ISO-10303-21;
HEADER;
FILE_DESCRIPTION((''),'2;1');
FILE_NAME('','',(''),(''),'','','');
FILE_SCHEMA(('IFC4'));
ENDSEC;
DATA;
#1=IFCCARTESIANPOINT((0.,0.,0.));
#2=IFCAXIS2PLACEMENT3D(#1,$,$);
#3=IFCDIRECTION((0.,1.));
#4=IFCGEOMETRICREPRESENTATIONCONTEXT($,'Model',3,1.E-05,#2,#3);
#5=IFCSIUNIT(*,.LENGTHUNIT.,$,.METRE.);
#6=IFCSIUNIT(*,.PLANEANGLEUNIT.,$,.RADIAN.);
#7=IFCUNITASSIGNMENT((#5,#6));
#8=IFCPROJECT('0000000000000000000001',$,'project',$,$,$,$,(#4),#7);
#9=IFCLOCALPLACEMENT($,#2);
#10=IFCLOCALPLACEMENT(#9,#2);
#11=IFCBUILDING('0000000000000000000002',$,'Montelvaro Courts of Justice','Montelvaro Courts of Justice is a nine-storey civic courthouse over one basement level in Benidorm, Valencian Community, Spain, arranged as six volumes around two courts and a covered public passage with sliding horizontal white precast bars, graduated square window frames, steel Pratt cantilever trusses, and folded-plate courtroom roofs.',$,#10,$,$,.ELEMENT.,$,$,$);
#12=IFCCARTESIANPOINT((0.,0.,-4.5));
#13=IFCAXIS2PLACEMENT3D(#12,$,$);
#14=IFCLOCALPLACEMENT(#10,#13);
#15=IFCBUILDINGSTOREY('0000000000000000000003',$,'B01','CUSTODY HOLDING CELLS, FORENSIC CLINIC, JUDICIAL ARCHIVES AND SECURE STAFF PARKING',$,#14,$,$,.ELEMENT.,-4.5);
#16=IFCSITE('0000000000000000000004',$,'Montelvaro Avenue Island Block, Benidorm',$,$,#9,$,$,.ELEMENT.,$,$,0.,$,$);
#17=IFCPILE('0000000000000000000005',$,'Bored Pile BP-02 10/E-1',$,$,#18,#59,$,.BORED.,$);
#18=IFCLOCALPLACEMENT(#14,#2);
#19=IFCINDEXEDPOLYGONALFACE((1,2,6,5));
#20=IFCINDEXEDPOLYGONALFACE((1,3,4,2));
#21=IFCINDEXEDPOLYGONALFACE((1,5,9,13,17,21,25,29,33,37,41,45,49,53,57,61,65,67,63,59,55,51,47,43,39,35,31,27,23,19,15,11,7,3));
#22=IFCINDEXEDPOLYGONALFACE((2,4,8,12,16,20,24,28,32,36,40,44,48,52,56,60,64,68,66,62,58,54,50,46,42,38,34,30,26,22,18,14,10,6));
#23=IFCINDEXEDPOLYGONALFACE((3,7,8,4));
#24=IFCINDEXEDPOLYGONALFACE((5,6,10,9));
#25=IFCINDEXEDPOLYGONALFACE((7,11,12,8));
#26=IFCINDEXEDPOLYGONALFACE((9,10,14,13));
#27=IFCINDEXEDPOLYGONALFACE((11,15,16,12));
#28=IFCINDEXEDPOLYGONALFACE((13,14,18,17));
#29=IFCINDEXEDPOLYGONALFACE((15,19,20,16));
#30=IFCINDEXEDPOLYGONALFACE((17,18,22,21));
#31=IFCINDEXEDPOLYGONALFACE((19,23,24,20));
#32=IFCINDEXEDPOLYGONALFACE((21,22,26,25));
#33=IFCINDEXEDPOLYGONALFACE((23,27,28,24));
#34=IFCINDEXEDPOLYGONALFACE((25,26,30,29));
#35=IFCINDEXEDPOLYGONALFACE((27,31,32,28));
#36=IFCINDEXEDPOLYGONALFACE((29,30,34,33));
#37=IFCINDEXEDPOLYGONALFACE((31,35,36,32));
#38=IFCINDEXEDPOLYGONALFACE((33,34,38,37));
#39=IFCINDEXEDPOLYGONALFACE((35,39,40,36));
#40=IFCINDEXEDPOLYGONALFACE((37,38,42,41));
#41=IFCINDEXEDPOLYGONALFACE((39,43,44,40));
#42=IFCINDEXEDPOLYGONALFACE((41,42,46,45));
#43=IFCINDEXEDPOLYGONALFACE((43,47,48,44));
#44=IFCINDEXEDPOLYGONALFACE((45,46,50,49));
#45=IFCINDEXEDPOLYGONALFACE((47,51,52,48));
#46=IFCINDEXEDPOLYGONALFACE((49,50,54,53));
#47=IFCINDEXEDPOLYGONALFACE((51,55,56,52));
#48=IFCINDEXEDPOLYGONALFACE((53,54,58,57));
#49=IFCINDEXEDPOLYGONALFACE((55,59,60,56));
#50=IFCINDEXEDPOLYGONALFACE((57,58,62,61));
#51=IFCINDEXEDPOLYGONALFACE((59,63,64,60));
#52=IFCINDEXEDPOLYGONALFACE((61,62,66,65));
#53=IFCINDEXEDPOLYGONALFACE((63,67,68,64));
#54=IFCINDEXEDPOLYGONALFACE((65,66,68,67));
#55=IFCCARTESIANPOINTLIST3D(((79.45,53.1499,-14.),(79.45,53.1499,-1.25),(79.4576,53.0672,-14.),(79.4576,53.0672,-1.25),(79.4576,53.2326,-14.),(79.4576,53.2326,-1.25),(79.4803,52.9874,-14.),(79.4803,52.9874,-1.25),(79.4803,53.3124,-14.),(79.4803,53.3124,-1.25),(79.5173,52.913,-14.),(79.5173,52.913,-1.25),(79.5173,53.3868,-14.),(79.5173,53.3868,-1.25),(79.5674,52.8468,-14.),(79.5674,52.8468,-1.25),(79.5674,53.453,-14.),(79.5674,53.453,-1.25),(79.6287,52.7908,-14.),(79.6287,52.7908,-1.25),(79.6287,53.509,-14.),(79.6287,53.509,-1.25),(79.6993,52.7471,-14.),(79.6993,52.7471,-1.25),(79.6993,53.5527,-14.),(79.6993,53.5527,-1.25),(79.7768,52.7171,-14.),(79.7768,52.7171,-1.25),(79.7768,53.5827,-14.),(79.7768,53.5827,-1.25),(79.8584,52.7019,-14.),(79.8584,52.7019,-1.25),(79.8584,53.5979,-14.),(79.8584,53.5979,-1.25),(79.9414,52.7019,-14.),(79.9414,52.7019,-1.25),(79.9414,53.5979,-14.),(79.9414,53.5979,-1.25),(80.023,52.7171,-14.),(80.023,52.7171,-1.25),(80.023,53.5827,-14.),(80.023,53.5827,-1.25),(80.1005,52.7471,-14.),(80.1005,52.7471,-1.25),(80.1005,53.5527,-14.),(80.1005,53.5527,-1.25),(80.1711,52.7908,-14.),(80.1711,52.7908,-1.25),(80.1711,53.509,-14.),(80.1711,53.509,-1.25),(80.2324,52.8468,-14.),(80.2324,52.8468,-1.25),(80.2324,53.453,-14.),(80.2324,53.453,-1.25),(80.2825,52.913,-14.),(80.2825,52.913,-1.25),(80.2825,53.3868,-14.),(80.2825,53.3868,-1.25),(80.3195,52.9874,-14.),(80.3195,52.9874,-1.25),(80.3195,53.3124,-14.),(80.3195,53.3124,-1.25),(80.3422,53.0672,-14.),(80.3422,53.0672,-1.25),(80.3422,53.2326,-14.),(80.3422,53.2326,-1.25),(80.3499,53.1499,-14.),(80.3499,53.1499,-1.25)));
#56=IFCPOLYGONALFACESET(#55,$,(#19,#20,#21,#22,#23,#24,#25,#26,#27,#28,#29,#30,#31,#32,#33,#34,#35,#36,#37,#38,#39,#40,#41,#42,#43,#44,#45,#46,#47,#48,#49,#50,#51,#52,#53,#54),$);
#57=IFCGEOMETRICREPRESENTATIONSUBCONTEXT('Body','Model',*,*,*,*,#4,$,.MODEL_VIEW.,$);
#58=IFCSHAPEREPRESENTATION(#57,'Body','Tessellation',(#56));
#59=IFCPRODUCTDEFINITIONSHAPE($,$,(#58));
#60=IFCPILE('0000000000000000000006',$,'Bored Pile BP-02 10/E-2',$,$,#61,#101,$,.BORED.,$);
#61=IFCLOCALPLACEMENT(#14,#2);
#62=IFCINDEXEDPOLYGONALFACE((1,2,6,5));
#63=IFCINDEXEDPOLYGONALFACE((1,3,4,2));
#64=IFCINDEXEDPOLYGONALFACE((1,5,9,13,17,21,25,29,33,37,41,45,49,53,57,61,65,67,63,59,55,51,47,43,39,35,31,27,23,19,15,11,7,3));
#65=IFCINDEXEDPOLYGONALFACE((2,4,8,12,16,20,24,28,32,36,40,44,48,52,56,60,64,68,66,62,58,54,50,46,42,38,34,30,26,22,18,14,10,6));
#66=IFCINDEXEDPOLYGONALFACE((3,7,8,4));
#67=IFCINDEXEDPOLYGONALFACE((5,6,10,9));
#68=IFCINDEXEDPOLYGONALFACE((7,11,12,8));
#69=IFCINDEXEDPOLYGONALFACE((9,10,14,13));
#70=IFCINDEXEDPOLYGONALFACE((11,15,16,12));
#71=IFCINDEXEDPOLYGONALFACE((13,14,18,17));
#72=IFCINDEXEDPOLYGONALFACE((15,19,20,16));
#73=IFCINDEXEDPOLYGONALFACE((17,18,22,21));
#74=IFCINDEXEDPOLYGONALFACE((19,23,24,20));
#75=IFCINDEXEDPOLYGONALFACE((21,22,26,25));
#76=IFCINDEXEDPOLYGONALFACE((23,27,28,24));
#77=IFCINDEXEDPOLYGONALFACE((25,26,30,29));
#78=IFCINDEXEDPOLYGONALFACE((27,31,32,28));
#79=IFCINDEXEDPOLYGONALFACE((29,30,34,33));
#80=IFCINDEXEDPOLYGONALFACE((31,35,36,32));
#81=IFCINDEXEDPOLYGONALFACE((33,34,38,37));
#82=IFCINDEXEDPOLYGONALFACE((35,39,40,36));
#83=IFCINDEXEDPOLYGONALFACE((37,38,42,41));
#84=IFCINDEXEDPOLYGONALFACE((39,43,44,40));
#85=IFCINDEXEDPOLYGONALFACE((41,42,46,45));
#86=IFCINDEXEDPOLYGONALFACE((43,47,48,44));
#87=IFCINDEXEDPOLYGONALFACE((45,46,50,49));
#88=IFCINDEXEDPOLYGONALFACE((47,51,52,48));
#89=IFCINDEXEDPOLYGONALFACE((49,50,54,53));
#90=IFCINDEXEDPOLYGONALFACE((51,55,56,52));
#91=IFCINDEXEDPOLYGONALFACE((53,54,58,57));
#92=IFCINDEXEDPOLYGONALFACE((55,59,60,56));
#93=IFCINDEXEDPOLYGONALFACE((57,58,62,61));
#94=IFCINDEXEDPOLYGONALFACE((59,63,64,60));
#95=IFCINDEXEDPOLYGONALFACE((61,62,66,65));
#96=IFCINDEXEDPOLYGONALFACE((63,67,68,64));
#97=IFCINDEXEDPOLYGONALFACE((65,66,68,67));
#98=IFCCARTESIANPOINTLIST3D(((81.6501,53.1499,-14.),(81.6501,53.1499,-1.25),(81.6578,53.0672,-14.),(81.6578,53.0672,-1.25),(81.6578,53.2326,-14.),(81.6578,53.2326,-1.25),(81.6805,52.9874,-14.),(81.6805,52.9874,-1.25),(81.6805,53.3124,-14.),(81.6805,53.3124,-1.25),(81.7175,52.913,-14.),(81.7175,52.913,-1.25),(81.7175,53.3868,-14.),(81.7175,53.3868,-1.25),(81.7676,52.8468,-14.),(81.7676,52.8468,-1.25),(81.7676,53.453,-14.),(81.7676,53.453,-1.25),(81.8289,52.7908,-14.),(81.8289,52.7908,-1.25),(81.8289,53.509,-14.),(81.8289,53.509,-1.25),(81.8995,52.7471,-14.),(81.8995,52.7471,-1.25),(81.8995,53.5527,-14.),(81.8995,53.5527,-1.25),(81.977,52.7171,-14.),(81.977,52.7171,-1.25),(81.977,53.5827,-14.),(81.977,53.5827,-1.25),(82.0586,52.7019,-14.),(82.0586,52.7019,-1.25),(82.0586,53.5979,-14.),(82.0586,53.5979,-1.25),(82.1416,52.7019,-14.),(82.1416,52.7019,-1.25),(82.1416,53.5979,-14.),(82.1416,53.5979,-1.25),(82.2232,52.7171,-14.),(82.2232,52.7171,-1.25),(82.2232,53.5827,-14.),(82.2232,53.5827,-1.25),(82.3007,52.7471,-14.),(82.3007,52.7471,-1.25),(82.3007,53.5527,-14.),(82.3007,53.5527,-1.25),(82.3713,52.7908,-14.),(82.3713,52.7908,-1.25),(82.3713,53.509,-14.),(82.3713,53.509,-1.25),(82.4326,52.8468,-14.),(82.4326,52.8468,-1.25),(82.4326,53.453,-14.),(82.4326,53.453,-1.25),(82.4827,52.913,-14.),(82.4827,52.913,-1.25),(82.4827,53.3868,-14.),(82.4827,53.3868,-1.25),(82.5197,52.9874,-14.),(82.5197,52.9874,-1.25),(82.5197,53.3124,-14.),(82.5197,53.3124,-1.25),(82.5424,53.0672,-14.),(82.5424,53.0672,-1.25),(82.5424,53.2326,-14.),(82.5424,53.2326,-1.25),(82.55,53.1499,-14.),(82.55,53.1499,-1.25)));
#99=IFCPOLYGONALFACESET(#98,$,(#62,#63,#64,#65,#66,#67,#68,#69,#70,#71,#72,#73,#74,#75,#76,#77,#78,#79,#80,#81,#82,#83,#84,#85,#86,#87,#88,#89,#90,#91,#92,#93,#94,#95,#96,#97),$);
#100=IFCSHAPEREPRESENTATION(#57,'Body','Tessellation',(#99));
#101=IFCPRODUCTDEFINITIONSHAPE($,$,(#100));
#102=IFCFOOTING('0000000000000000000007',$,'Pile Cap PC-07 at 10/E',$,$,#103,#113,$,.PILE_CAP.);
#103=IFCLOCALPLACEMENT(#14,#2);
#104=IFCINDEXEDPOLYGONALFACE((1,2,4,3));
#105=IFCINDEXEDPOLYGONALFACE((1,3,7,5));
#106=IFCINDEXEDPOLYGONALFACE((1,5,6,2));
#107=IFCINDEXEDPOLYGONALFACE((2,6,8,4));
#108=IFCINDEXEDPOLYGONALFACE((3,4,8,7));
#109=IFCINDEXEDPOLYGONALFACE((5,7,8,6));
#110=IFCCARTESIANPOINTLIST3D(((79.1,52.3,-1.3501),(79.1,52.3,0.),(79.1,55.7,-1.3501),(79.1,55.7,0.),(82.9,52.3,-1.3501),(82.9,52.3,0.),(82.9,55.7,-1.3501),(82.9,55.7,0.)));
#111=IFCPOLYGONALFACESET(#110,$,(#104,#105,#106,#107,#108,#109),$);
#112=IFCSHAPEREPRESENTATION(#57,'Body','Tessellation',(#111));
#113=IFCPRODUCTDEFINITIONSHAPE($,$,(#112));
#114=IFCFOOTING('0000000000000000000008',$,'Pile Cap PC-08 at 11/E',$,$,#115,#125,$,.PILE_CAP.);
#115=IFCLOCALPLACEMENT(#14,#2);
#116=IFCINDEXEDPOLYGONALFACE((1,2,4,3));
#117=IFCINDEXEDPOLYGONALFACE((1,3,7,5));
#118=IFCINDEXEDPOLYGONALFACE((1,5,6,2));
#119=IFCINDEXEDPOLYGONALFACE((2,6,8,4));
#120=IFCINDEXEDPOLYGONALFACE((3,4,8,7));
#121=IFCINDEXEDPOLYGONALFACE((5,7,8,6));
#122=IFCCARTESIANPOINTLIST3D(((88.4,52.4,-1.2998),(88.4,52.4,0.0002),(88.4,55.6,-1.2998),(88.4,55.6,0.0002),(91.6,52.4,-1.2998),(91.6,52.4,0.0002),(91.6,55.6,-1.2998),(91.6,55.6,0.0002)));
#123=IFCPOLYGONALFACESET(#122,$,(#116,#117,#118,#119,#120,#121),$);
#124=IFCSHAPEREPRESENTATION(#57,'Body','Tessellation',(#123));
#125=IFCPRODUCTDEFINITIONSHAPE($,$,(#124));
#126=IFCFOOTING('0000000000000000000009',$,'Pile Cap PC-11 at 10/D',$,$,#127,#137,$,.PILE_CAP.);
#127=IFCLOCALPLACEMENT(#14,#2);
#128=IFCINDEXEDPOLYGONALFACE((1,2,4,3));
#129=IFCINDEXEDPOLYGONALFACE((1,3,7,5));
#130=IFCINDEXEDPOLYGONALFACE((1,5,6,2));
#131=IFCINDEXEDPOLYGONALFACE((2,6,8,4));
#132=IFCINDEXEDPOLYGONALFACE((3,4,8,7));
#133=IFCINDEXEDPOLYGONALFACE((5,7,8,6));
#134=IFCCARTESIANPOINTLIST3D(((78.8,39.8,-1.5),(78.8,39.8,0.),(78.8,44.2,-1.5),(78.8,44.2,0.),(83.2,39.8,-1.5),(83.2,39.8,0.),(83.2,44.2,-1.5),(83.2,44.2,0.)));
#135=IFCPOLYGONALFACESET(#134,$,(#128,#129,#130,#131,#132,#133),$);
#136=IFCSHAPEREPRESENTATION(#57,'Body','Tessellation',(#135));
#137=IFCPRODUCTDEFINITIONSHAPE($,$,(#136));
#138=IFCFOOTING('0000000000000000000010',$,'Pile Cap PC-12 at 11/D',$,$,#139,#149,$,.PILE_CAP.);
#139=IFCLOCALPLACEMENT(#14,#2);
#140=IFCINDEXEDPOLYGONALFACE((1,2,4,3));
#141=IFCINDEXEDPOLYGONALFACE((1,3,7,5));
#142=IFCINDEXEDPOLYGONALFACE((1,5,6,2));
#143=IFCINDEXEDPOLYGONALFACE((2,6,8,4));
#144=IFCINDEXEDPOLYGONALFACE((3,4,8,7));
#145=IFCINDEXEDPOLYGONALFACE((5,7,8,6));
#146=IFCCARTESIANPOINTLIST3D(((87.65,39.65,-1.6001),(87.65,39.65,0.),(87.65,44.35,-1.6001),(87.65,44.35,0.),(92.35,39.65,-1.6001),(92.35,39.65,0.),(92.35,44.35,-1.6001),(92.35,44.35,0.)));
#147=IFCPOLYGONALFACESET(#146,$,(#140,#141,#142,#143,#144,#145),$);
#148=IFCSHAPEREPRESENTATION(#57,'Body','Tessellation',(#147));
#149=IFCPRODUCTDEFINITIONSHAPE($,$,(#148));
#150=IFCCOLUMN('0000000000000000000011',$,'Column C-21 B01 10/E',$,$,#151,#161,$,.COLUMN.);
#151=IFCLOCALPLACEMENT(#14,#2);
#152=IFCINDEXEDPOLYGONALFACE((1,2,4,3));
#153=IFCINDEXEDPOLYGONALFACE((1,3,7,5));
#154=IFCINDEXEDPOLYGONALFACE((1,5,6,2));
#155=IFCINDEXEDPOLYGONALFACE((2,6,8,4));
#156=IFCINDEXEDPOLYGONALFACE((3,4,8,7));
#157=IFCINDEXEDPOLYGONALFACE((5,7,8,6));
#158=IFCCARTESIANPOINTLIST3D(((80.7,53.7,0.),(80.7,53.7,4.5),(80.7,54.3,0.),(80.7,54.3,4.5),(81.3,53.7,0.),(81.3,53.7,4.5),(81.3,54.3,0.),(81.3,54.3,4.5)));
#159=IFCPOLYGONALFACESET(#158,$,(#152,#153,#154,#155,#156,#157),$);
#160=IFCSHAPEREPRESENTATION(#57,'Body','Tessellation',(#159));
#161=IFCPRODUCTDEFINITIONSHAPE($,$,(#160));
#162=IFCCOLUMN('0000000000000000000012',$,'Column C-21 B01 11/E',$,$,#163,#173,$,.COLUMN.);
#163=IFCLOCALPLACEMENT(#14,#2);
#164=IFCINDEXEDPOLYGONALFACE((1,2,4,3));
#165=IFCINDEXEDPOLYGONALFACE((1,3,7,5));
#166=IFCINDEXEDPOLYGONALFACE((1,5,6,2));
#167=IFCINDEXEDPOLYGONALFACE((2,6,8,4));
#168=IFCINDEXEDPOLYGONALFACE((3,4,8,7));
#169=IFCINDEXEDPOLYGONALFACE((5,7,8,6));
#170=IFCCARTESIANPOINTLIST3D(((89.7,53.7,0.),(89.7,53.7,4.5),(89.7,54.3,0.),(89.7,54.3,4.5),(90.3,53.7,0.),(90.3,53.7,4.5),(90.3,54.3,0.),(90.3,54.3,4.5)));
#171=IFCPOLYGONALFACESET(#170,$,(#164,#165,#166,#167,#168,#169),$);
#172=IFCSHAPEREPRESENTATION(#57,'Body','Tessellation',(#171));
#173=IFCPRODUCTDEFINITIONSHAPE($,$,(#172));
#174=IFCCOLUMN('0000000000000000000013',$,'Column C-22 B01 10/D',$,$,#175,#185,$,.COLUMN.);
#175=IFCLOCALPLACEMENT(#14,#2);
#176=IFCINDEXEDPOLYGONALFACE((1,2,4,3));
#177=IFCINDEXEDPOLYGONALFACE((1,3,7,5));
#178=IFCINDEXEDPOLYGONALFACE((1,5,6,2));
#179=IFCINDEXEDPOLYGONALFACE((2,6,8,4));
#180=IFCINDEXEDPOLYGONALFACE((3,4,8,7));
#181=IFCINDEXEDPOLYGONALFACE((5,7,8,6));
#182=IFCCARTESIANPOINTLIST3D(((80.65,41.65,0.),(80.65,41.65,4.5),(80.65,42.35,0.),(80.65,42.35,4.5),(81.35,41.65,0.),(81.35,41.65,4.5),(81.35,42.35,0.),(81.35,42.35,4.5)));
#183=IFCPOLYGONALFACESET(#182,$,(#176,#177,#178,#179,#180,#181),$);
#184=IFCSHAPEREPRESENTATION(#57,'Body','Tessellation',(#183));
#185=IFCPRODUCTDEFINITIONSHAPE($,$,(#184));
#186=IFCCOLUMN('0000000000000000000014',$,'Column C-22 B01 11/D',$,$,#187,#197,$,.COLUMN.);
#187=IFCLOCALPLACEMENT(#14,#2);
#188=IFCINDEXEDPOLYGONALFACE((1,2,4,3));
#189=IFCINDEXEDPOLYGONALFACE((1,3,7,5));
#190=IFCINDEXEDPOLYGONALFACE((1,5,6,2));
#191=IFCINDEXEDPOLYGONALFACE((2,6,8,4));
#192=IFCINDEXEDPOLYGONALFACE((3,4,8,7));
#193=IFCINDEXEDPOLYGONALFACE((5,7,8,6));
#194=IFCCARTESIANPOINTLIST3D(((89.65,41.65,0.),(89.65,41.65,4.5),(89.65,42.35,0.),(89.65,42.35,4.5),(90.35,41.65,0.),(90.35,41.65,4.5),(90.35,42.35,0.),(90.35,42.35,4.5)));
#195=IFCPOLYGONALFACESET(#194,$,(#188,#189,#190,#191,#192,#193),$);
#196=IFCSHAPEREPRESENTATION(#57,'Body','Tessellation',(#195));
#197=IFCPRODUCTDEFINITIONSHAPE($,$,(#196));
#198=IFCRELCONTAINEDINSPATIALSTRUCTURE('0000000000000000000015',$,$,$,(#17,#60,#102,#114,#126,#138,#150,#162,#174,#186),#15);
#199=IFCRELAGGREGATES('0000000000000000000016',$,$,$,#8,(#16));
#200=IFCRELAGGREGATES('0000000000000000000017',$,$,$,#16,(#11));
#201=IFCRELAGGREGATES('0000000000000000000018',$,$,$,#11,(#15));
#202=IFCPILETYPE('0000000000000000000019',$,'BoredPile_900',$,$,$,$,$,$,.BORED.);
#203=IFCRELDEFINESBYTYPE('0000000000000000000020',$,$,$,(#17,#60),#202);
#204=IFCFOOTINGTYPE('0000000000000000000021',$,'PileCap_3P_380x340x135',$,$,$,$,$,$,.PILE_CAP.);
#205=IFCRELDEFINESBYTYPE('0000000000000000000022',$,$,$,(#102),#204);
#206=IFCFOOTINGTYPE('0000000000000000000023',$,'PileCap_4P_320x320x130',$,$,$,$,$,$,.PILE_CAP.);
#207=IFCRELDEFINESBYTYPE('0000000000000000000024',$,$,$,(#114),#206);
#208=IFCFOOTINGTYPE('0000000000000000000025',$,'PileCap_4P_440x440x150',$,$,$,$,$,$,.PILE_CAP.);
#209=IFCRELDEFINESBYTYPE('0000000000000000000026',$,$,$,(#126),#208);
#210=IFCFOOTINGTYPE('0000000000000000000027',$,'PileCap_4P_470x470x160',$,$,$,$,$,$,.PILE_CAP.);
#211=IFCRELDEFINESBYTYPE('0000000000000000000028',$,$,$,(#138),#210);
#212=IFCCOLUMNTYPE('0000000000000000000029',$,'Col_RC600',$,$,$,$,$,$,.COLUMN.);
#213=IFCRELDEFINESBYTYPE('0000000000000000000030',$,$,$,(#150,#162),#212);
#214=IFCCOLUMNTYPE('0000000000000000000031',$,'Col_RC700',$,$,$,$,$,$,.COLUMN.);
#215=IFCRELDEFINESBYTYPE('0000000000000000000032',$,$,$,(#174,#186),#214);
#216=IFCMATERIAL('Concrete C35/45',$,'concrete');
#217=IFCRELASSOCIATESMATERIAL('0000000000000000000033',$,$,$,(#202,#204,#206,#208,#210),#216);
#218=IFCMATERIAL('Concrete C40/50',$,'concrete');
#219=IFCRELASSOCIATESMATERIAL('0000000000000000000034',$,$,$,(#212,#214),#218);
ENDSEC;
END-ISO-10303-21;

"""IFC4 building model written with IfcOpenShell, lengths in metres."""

from ifc_helpers import new_model, si_unit, direction, frame, origin, origin_2d, place, context, subcontext, project, spatial, rectangle, circle, extrude, material, material_profile, profile_set, type_object, element, save


model = new_model("IFC4")

# Units and contexts
model_context = context("Model", 3, precision=1e-05, world=origin(), true_north=direction((0.0, 1.0)))
body_context = subcontext(model_context, "Body", "Model", "MODEL_VIEW")
ifc_project = project(units=[si_unit("LENGTHUNIT", "METRE"), si_unit("PLANEANGLEUNIT", "RADIAN")], contexts=[model_context])

# Site, building, storey
site_placement = place(None, origin())
site = spatial("IfcSite", under=ifc_project, at=site_placement, Name="Montelvaro Avenue Island Block, Benidorm", CompositionType="ELEMENT", RefElevation=0.0)
building_placement = place(site_placement, origin())
building = spatial("IfcBuilding", under=site, at=building_placement, Name="Montelvaro Courts of Justice", Description="Montelvaro Courts of Justice is a nine-storey civic courthouse over one basement level in Benidorm, Valencian Community, Spain, arranged as six volumes around two courts and a covered public passage with sliding horizontal white precast bars, graduated square window frames, steel Pratt cantilever trusses, and folded-plate courtroom roofs.", CompositionType="ELEMENT")
storey_placement = place(building_placement, frame((0.0, 0.0, -4.5)))
storey = spatial("IfcBuildingStorey", under=building, at=storey_placement, Name="B01", Description="CUSTODY HOLDING CELLS, FORENSIC CLINIC, JUDICIAL ARCHIVES AND SECURE STAFF PARKING", CompositionType="ELEMENT", Elevation=-4.5)

# Piles
ifc_material_1 = material(Name="Concrete C35/45", Category="concrete")
ifc_material_profile_1 = material_profile(ifc_material_1, circle(Radius=0.45, at=origin_2d()), Name="BORED PILE D900")
ifc_profile_set_1 = profile_set([ifc_material_profile_1], Name="Concrete C35/45")
pile_type_1 = type_object("IfcPileType", Name="BoredPile_900", PredefinedType="BORED", material=ifc_profile_set_1)
for number, where, z_axis, x_axis, name in (
    (1, (79.8999, 53.1499, -1.25), (0.0, 0.0, -1.0), (1.0, 0.0, 0.0), "Bored Pile BP-02 10/E-1"),
    (2, (82.1001, 53.1499, -1.25), (0.0, 0.0, -1.0), (1.0, 0.0, 0.0), "Bored Pile BP-02 10/E-2"),
):
    element("IfcPile", number, at=place(storey_placement, frame(where, z_axis=z_axis, x_axis=x_axis)), inside=storey, type_object=pile_type_1, Name=name, PredefinedType="BORED", context=body_context, shape_type="SweptSolid", body=[
        extrude(circle(Radius=0.45, at=origin_2d()), origin(), (0.0, 0.0, 1.0), 12.75),
    ])

# Footings
footing_type_1 = type_object("IfcFootingType", Name="PileCap_3P_380x340x135", PredefinedType="PILE_CAP", material=ifc_material_1)
footing_1_placement = place(storey_placement, frame((81.0, 54.0, -1.3501), z_axis=(0.0, 0.0, 1.0), x_axis=(1.0, 0.0, 0.0)))
element("IfcFooting", 3, at=footing_1_placement, inside=storey, type_object=footing_type_1, Name="Pile Cap PC-07 at 10/E", PredefinedType="PILE_CAP", context=body_context, shape_type="SweptSolid", body=[
    extrude(rectangle(XDim=3.8, YDim=3.3999, at=origin_2d()), origin(), (0.0, 0.0, 1.0), 1.3501),
])
footing_type_2 = type_object("IfcFootingType", Name="PileCap_4P_320x320x130", PredefinedType="PILE_CAP", material=ifc_material_1)
footing_2_placement = place(storey_placement, frame((90.0, 54.0, -1.2998), z_axis=(0.0, 0.0, 1.0), x_axis=(1.0, 0.0, 0.0)))
element("IfcFooting", 4, at=footing_2_placement, inside=storey, type_object=footing_type_2, Name="Pile Cap PC-08 at 11/E", PredefinedType="PILE_CAP", context=body_context, shape_type="SweptSolid", body=[
    extrude(rectangle(XDim=3.2, YDim=3.2, at=origin_2d()), origin(), (0.0, 0.0, 1.0), 1.3),
])
footing_type_3 = type_object("IfcFootingType", Name="PileCap_4P_440x440x150", PredefinedType="PILE_CAP", material=ifc_material_1)
footing_3_placement = place(storey_placement, frame((81.0, 42.0, -1.5), z_axis=(0.0, 0.0, 1.0), x_axis=(1.0, 0.0, 0.0)))
element("IfcFooting", 5, at=footing_3_placement, inside=storey, type_object=footing_type_3, Name="Pile Cap PC-11 at 10/D", PredefinedType="PILE_CAP", context=body_context, shape_type="SweptSolid", body=[
    extrude(rectangle(XDim=4.3999, YDim=4.3999, at=origin_2d()), origin(), (0.0, 0.0, 1.0), 1.5),
])
footing_type_4 = type_object("IfcFootingType", Name="PileCap_4P_470x470x160", PredefinedType="PILE_CAP", material=ifc_material_1)
footing_4_placement = place(storey_placement, frame((90.0, 42.0, -1.6001), z_axis=(0.0, 0.0, 1.0), x_axis=(1.0, 0.0, 0.0)))
element("IfcFooting", 6, at=footing_4_placement, inside=storey, type_object=footing_type_4, Name="Pile Cap PC-12 at 11/D", PredefinedType="PILE_CAP", context=body_context, shape_type="SweptSolid", body=[
    extrude(rectangle(XDim=4.7, YDim=4.7, at=origin_2d()), origin(), (0.0, 0.0, 1.0), 1.6001),
])

# Columns
ifc_material_2 = material(Name="Concrete C40/50", Category="concrete")
ifc_material_profile_2 = material_profile(ifc_material_2, rectangle(XDim=0.6001, YDim=0.6001, at=origin_2d()), Name="RC 600x600")
ifc_profile_set_2 = profile_set([ifc_material_profile_2], Name="Concrete C40/50")
column_type_1 = type_object("IfcColumnType", Name="Col_RC600", PredefinedType="COLUMN", material=ifc_profile_set_2)
for number, where, z_axis, x_axis, name in (
    (7, (81.0, 54.0, 0.0), (0.0, 0.0, 1.0), (1.0, 0.0, 0.0), "Column C-21 B01 10/E"),
    (8, (90.0, 54.0, 0.0), (0.0, 0.0, 1.0), (1.0, 0.0, 0.0), "Column C-21 B01 11/E"),
):
    element("IfcColumn", number, at=place(storey_placement, frame(where, z_axis=z_axis, x_axis=x_axis)), inside=storey, type_object=column_type_1, Name=name, PredefinedType="COLUMN", context=body_context, shape_type="SweptSolid", body=[
        extrude(rectangle(XDim=0.6001, YDim=0.6001, at=origin_2d()), origin(), (0.0, 0.0, 1.0), 4.5),
    ])
ifc_material_profile_3 = material_profile(ifc_material_2, rectangle(XDim=0.7, YDim=0.7, at=origin_2d()), Name="RC 700x700")
ifc_profile_set_3 = profile_set([ifc_material_profile_3], Name="Concrete C40/50")
column_type_2 = type_object("IfcColumnType", Name="Col_RC700", PredefinedType="COLUMN", material=ifc_profile_set_3)
for number, where, z_axis, x_axis, name in (
    (9, (81.0, 42.0, 0.0), (0.0, 0.0, 1.0), (1.0, 0.0, 0.0), "Column C-22 B01 10/D"),
    (10, (90.0, 42.0, 0.0), (0.0, 0.0, 1.0), (1.0, 0.0, 0.0), "Column C-22 B01 11/D"),
):
    element("IfcColumn", number, at=place(storey_placement, frame(where, z_axis=z_axis, x_axis=x_axis)), inside=storey, type_object=column_type_2, Name=name, PredefinedType="COLUMN", context=body_context, shape_type="SweptSolid", body=[
        extrude(rectangle(XDim=0.7, YDim=0.7, at=origin_2d()), origin(), (0.0, 0.0, 1.0), 4.5),
    ])

save(model, "model.ifc")
